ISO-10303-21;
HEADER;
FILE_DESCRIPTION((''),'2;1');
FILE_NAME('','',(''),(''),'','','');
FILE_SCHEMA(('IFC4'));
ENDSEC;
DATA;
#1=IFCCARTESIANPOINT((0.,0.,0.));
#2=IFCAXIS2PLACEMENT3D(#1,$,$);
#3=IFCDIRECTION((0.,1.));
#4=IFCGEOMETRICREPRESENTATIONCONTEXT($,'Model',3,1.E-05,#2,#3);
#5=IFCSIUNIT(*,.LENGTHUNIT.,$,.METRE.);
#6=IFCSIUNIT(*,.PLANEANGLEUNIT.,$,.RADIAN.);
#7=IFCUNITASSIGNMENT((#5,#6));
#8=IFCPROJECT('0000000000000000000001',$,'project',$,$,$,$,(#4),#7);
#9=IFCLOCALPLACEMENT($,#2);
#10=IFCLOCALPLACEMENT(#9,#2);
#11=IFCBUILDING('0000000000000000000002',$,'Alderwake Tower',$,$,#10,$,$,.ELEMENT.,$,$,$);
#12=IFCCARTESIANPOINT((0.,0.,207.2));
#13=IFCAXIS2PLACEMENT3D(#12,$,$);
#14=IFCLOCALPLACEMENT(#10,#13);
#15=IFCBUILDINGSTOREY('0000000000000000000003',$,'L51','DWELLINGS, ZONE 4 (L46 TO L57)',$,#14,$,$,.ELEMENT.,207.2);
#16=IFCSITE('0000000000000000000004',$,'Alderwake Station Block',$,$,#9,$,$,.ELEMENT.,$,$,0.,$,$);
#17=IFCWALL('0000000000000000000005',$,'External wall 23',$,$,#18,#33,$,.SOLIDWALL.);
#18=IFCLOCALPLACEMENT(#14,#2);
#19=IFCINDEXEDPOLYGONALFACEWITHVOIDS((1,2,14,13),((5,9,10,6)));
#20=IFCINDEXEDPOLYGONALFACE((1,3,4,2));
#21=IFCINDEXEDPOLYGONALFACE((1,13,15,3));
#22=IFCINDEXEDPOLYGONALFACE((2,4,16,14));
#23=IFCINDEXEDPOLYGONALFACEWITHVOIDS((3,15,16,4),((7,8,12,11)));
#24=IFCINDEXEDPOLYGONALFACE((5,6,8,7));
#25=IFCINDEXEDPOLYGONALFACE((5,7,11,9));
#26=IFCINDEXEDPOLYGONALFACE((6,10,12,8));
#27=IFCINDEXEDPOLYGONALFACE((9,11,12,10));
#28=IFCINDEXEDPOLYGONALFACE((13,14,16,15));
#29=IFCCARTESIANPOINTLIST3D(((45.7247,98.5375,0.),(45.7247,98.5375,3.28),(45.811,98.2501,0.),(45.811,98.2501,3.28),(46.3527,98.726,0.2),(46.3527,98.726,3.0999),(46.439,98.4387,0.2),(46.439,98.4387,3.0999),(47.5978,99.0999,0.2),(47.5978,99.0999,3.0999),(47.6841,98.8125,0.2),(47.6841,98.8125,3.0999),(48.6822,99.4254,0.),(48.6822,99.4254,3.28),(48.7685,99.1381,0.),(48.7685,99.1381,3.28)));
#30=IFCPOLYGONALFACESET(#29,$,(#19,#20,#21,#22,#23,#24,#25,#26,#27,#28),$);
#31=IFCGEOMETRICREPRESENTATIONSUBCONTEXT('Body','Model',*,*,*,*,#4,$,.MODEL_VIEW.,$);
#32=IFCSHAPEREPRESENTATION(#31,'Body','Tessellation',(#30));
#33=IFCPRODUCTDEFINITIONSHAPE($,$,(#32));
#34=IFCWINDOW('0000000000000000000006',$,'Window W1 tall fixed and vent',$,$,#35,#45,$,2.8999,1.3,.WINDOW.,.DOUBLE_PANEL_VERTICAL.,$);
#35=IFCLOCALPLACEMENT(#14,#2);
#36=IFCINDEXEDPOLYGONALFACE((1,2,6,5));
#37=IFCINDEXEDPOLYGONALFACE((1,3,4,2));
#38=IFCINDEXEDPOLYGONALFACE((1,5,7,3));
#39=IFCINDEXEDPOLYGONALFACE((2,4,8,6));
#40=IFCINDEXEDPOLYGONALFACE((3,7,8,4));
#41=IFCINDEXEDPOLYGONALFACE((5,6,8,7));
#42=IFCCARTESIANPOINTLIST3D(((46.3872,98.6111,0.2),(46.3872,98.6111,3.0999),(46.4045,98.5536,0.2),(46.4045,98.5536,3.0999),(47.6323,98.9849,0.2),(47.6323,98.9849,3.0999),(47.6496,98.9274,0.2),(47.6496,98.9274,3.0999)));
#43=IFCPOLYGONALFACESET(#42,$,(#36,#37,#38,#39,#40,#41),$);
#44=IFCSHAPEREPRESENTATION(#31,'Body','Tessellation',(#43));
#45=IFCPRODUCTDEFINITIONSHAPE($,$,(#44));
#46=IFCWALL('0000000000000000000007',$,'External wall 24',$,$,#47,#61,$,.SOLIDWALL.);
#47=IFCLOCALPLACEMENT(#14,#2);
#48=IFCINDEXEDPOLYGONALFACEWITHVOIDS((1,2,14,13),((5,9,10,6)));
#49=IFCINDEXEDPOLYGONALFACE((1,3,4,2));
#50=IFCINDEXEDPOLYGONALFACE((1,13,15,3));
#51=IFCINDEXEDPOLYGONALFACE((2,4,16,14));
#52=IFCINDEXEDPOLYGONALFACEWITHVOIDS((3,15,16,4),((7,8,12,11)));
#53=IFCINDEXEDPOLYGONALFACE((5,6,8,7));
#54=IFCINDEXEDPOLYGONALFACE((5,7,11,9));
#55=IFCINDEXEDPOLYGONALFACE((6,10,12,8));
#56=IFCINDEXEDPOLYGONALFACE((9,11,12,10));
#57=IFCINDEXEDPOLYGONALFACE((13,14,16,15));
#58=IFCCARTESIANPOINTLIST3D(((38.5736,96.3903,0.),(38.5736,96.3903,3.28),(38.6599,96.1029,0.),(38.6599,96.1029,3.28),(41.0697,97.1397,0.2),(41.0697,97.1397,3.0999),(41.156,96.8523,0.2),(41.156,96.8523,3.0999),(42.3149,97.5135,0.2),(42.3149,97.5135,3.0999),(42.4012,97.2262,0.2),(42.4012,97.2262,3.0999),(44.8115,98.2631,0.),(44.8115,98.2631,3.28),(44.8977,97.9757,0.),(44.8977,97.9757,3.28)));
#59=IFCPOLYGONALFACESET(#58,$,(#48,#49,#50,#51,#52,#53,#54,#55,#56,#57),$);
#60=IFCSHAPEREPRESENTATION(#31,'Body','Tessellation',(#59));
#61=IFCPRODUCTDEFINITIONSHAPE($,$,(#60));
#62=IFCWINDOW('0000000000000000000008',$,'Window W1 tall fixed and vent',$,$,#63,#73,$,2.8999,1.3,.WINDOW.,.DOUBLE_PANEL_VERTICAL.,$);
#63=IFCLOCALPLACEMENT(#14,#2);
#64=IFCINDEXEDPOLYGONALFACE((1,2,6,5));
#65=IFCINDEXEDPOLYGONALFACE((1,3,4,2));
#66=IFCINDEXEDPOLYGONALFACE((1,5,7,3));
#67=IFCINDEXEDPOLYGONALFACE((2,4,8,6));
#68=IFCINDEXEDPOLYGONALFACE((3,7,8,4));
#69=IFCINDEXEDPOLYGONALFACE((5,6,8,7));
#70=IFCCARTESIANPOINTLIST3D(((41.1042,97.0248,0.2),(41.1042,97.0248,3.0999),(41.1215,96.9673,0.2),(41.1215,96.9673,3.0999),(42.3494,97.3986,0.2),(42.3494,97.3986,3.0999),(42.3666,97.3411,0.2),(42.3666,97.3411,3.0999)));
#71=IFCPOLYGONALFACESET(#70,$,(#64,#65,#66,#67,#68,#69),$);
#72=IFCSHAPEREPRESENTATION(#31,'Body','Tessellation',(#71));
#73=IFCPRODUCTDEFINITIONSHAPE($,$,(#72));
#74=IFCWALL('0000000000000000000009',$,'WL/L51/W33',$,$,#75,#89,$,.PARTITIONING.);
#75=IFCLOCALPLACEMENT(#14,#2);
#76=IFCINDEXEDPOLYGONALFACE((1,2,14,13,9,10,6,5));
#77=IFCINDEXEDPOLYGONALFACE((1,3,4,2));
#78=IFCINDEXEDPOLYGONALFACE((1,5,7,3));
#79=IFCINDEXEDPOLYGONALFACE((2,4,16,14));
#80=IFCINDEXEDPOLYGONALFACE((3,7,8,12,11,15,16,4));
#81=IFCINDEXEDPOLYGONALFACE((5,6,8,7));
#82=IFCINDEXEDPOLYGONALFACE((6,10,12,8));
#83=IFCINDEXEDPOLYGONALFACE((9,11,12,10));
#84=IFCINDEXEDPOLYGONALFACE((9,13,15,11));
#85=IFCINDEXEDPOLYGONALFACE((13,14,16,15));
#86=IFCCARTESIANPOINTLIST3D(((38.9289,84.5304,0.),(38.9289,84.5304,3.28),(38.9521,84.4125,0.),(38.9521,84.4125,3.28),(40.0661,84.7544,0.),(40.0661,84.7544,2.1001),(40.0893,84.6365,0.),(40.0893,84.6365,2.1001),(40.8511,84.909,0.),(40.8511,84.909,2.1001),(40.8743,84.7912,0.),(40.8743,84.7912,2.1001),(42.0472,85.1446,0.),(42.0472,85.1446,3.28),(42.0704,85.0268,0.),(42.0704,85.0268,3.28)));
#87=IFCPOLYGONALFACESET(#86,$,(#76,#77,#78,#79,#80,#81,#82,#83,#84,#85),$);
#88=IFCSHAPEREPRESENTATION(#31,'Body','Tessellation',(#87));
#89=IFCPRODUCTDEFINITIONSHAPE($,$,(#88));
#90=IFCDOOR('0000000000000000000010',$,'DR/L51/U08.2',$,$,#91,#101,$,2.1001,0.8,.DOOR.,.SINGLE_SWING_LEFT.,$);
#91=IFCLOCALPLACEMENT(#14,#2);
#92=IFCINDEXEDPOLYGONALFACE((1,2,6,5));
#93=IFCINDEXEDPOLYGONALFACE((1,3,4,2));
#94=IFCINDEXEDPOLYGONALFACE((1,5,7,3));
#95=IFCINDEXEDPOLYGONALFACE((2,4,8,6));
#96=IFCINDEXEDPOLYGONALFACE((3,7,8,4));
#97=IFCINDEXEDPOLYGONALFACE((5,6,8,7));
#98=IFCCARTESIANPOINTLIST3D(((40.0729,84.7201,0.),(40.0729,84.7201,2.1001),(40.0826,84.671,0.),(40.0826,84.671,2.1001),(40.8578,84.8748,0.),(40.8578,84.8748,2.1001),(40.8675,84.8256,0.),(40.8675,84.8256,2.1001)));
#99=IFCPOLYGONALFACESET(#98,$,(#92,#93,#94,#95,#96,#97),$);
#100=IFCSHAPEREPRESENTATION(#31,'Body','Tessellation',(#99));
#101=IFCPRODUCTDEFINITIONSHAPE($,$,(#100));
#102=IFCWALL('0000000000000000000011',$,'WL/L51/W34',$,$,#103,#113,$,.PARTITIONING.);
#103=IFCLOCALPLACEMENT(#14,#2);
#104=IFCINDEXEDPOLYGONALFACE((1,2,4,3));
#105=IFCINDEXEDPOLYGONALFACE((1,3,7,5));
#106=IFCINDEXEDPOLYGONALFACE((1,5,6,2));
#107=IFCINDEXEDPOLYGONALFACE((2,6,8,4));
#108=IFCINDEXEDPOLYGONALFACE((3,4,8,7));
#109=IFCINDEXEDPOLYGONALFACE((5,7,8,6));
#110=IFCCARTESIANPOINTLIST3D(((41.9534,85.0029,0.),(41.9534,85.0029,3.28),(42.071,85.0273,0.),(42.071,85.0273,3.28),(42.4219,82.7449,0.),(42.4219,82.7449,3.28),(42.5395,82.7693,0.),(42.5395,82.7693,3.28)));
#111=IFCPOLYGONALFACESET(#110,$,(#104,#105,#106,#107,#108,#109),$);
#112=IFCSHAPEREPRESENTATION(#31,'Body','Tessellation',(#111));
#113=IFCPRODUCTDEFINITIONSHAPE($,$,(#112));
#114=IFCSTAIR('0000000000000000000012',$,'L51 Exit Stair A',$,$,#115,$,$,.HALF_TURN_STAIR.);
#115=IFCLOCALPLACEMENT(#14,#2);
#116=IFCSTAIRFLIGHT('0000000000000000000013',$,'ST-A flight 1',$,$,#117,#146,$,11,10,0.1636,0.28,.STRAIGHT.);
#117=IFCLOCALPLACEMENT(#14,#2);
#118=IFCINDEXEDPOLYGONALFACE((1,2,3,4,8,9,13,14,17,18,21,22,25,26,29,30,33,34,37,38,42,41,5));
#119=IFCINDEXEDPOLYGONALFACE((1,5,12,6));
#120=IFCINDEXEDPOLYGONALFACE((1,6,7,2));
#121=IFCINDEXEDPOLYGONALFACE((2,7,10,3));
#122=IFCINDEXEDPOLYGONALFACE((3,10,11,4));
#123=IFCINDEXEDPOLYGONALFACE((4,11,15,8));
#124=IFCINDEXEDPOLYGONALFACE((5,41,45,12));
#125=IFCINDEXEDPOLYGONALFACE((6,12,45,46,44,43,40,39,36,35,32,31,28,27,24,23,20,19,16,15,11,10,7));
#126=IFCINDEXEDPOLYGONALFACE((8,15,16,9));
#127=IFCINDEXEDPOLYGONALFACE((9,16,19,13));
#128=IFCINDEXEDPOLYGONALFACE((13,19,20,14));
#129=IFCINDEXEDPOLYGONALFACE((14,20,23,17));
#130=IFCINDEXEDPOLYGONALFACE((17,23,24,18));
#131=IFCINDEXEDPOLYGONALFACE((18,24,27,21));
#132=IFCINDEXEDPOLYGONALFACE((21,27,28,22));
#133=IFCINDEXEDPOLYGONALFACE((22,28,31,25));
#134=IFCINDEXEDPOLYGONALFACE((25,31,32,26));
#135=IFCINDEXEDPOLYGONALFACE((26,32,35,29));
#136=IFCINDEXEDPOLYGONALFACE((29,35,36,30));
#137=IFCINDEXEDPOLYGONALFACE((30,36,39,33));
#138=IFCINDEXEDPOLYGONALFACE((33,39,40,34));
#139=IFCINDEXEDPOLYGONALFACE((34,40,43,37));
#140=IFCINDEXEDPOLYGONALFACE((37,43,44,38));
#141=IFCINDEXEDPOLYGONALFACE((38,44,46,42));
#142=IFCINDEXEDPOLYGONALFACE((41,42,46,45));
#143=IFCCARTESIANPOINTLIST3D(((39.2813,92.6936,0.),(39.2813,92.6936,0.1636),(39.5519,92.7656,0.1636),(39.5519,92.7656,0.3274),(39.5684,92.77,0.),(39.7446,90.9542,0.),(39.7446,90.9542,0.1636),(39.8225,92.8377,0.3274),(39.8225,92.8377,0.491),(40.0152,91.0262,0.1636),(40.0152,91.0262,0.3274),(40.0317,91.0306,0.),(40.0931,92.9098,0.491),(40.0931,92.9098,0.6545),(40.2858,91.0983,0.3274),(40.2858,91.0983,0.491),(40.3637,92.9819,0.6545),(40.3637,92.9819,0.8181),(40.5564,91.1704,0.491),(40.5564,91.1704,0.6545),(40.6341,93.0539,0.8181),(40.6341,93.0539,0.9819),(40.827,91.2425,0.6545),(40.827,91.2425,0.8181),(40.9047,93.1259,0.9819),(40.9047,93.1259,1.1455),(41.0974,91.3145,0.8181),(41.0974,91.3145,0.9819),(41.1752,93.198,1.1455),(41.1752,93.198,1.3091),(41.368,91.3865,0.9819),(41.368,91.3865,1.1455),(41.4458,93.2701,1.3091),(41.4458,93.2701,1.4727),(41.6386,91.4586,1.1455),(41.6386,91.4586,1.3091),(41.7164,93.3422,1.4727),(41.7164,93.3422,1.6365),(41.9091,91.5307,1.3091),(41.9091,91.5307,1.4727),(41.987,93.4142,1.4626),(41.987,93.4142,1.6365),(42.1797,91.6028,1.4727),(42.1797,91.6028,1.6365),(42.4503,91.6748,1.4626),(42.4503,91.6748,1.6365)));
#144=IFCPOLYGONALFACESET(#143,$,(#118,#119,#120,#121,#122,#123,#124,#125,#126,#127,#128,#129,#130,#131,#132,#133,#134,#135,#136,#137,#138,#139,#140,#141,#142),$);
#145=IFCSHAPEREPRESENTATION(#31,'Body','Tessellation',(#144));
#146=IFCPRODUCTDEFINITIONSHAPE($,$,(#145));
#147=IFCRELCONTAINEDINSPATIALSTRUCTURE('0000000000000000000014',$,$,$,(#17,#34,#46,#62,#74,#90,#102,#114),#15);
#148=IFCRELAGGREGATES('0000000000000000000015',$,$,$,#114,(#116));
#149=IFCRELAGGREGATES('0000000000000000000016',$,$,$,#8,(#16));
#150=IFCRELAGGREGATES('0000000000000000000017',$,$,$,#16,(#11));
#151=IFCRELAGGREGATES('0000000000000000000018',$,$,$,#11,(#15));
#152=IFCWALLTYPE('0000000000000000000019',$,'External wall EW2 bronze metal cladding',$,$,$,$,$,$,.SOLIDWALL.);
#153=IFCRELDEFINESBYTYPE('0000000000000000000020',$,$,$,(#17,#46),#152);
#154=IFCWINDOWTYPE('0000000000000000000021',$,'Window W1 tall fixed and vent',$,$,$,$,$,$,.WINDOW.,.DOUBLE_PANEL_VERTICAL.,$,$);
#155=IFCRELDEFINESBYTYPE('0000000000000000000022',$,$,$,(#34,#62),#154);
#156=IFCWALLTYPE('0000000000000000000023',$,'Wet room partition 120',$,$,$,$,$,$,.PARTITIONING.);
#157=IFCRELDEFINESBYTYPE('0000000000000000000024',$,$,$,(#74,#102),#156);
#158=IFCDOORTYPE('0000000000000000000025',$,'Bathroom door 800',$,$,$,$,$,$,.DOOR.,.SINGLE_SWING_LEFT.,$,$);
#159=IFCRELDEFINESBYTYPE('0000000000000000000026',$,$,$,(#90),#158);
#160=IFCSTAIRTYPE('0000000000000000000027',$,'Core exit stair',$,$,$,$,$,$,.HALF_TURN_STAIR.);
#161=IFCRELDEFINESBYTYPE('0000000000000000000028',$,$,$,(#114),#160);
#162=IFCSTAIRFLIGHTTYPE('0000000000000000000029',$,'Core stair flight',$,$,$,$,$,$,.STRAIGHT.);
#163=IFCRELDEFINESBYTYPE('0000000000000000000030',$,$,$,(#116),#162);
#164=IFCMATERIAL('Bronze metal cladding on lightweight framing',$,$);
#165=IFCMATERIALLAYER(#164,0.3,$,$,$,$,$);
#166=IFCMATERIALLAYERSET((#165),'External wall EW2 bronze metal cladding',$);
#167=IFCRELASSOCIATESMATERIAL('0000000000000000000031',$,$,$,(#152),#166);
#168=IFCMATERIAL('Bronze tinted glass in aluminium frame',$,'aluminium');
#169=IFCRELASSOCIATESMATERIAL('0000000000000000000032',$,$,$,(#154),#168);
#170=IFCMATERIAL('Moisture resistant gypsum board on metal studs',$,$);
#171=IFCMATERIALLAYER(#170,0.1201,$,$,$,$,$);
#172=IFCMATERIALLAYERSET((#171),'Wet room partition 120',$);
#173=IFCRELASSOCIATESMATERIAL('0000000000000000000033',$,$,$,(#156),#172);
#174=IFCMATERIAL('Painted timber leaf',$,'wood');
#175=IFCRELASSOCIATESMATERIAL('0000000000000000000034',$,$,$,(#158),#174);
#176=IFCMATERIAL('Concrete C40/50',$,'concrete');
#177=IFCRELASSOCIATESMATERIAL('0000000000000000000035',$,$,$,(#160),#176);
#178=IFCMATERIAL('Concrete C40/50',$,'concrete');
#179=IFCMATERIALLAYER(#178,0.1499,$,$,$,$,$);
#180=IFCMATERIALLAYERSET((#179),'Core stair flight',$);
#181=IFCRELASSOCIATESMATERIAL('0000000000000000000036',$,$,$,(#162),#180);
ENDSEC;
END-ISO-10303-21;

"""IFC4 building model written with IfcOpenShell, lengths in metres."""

from ifc_helpers import new_model, si_unit, direction, frame, frame_2d, origin, place, context, subcontext, project, spatial, polyline, rectangle, outline, extrude, material, layer, layer_set, type_object, element, fill, aggregate, save


model = new_model("IFC4")

# Units and contexts
model_context = context("Model", 3, precision=1e-05, world=origin(), true_north=direction((0.0, 1.0)))
body_context = subcontext(model_context, "Body", "Model", "MODEL_VIEW")
ifc_project = project(units=[si_unit("LENGTHUNIT", "METRE"), si_unit("PLANEANGLEUNIT", "RADIAN")], contexts=[model_context])

# Site, building, storey
site_placement = place(None, origin())
site = spatial("IfcSite", under=ifc_project, at=site_placement, Name="Alderwake Station Block", CompositionType="ELEMENT", RefElevation=0.0)
building_placement = place(site_placement, origin())
building = spatial("IfcBuilding", under=site, at=building_placement, Name="Alderwake Tower", CompositionType="ELEMENT")
storey_placement = place(building_placement, frame((0.0, 0.0, 207.2)))
storey = spatial("IfcBuildingStorey", under=building, at=storey_placement, Name="L51", Description="DWELLINGS, ZONE 4 (L46 TO L57)", CompositionType="ELEMENT", Elevation=207.2)

# Shared definitions
ifc_material_1 = material(Name="Bronze metal cladding on lightweight framing")
ifc_layer_1 = layer(ifc_material_1, 0.3)
ifc_layer_set_1 = layer_set([ifc_layer_1], Name="External wall EW2 bronze metal cladding")
wall_type_1 = type_object("IfcWallType", Name="External wall EW2 bronze metal cladding", PredefinedType="SOLIDWALL", material=ifc_layer_set_1)
ifc_material_2 = material(Name="Bronze tinted glass in aluminium frame", Category="aluminium")
window_type = type_object("IfcWindowType", Name="Window W1 tall fixed and vent", PartitioningType="DOUBLE_PANEL_VERTICAL", PredefinedType="WINDOW", material=ifc_material_2)

# Walls, openings, windows
wall_1_placement = place(storey_placement, frame((48.7253, 99.2817, 0.0), z_axis=(0.0, 0.0, 1.0), x_axis=(-0.957765, -0.287551, 0.0)))
wall_1 = element("IfcWall", 1, at=wall_1_placement, inside=storey, type_object=wall_type_1, Name="External wall 23", PredefinedType="SOLIDWALL", context=body_context, shape_type="SweptSolid", body=[
    extrude(rectangle(XDim=3.0879, YDim=0.3, at=frame_2d((1.5439, 0.0))), origin(), (0.0, 0.0, 1.0), 3.28),
])
opening_1_placement = place(wall_1_placement, frame((1.1323, 0.0, 0.2)))
opening_1 = element("IfcOpeningElement", 2, at=opening_1_placement, cuts=wall_1, PredefinedType="OPENING", context=body_context, shape_type="SweptSolid", body=[
    extrude(rectangle(XDim=1.3, YDim=2.8999, at=frame_2d((0.6499, 1.45))), frame((0.0, 0.1599, 0.0), z_axis=(0.0, -1.0, 0.0), x_axis=(1.0, 0.0, 0.0)), (0.0, 0.0, 1.0), 0.3201),
])
window_1_placement = place(opening_1_placement, origin())
window_1 = element("IfcWindow", 3, at=window_1_placement, inside=storey, type_object=window_type, Name="Window W1 tall fixed and vent", OverallHeight=2.8999, OverallWidth=1.3, PartitioningType="DOUBLE_PANEL_VERTICAL", PredefinedType="WINDOW", context=body_context, shape_type="SweptSolid", body=[
    extrude(rectangle(XDim=1.3, YDim=2.8999, at=frame_2d((0.6499, 1.45))), frame((0.0, 0.03, 0.0), z_axis=(0.0, -1.0, 0.0), x_axis=(1.0, 0.0, 0.0)), (0.0, 0.0, 1.0), 0.0601),
])
fill(opening_1, window_1)
wall_2_placement = place(storey_placement, frame((44.8545, 98.1194, 0.0), z_axis=(0.0, 0.0, 1.0), x_axis=(-0.957764, -0.287554, 0.0)))
wall_2 = element("IfcWall", 4, at=wall_2_placement, inside=storey, type_object=wall_type_1, Name="External wall 24", PredefinedType="SOLIDWALL", context=body_context, shape_type="SweptSolid", body=[
    extrude(rectangle(XDim=6.5129, YDim=0.3, at=frame_2d((3.2563, 0.0))), origin(), (0.0, 0.0, 1.0), 3.28),
])
opening_2_placement = place(wall_2_placement, frame((2.6067, 0.0, 0.2)))
opening_2 = element("IfcOpeningElement", 5, at=opening_2_placement, cuts=wall_2, PredefinedType="OPENING", context=body_context, shape_type="SweptSolid", body=[
    extrude(rectangle(XDim=1.3, YDim=2.8999, at=frame_2d((0.6499, 1.45))), frame((0.0, 0.1599, 0.0), z_axis=(0.0, -1.0, 0.0), x_axis=(1.0, 0.0, 0.0)), (0.0, 0.0, 1.0), 0.3201),
])
window_2_placement = place(opening_2_placement, origin())
window_2 = element("IfcWindow", 6, at=window_2_placement, inside=storey, type_object=window_type, Name="Window W1 tall fixed and vent", OverallHeight=2.8999, OverallWidth=1.3, PartitioningType="DOUBLE_PANEL_VERTICAL", PredefinedType="WINDOW", context=body_context, shape_type="SweptSolid", body=[
    extrude(rectangle(XDim=1.3, YDim=2.8999, at=frame_2d((0.6499, 1.45))), frame((0.0, 0.03, 0.0), z_axis=(0.0, -1.0, 0.0), x_axis=(1.0, 0.0, 0.0)), (0.0, 0.0, 1.0), 0.0601),
])
fill(opening_2, window_2)

# Wall, opening, door
ifc_material_3 = material(Name="Moisture resistant gypsum board on metal studs")
ifc_layer_2 = layer(ifc_material_3, 0.1201)
ifc_layer_set_2 = layer_set([ifc_layer_2], Name="Wet room partition 120")
wall_type_2 = type_object("IfcWallType", Name="Wet room partition 120", PredefinedType="PARTITIONING", material=ifc_layer_set_2)
wall_3_placement = place(storey_placement, frame((42.0588, 85.0857, 0.0), z_axis=(0.0, 0.0, 1.0), x_axis=(-0.981147, -0.193264, 0.0)))
wall_3 = element("IfcWall", 7, at=wall_3_placement, inside=storey, type_object=wall_type_2, Name="WL/L51/W33", PredefinedType="PARTITIONING", context=body_context, shape_type="SweptSolid", body=[
    extrude(rectangle(XDim=3.1782, YDim=0.1201, at=frame_2d((1.5891, 0.0))), origin(), (0.0, 0.0, 1.0), 3.28),
])
opening_3_placement = place(wall_3_placement, frame((1.2192, 0.0, 0.0)))
opening_3 = element("IfcOpeningElement", 8, at=opening_3_placement, cuts=wall_3, PredefinedType="OPENING", context=body_context, shape_type="SweptSolid", body=[
    extrude(rectangle(XDim=0.8, YDim=2.1001, at=frame_2d((0.3999, 1.05))), frame((0.0, 0.0701, 0.0), z_axis=(0.0, -1.0, 0.0), x_axis=(1.0, 0.0, 0.0)), (0.0, 0.0, 1.0), 0.1401),
])
ifc_material_4 = material(Name="Painted timber leaf", Category="wood")
door_type_1 = type_object("IfcDoorType", Name="Bathroom door 800", OperationType="SINGLE_SWING_LEFT", PredefinedType="DOOR", material=ifc_material_4)
door_1_placement = place(opening_3_placement, origin())
door_1 = element("IfcDoor", 9, at=door_1_placement, inside=storey, type_object=door_type_1, Name="DR/L51/U08.2", OperationType="SINGLE_SWING_LEFT", OverallHeight=2.1001, OverallWidth=0.8, PredefinedType="DOOR", context=body_context, shape_type="SweptSolid", body=[
    extrude(rectangle(XDim=0.8, YDim=2.1001, at=frame_2d((0.3999, 1.05))), frame((0.0, 0.0249, 0.0), z_axis=(0.0, -1.0, 0.0), x_axis=(1.0, 0.0, 0.0)), (0.0, 0.0, 1.0), 0.05),
])
fill(opening_3, door_1)

# Wall
wall_4_placement = place(storey_placement, frame((42.4807, 82.7571, 0.0), z_axis=(0.0, 0.0, 1.0), x_axis=(-0.203155, 0.979147, 0.0)))
element("IfcWall", 10, at=wall_4_placement, inside=storey, type_object=wall_type_2, Name="WL/L51/W34", PredefinedType="PARTITIONING", context=body_context, shape_type="SweptSolid", body=[
    extrude(rectangle(XDim=2.3062, YDim=0.1201, at=frame_2d((1.1531, 0.0))), origin(), (0.0, 0.0, 1.0), 3.28),
])

# Stair, stair flight
ifc_material_5 = material(Name="Concrete C40/50", Category="concrete")
stair_type = type_object("IfcStairType", Name="Core exit stair", PredefinedType="HALF_TURN_STAIR", material=ifc_material_5)
stair_placement = place(storey_placement, origin())
stair = element("IfcStair", 11, at=stair_placement, inside=storey, type_object=stair_type, Name="L51 Exit Stair A", PredefinedType="HALF_TURN_STAIR")
ifc_material_6 = material(Name="Concrete C40/50", Category="concrete")
ifc_layer_3 = layer(ifc_material_6, 0.1499)
ifc_layer_set_3 = layer_set([ifc_layer_3], Name="Core stair flight")
stair_flight_type = type_object("IfcStairFlightType", Name="Core stair flight", PredefinedType="STRAIGHT", material=ifc_layer_set_3)
stair_flight_1_placement = place(storey_placement, frame((39.5129, 91.824, 0.0), z_axis=(0.0, 0.0, 1.0), x_axis=(0.96631, 0.257382, 0.0)))
stair_flight_1 = element("IfcStairFlight", 12, at=stair_flight_1_placement, type_object=stair_flight_type, Name="ST-A flight 1", NumberOfRisers=11, NumberOfTreads=10, PredefinedType="STRAIGHT", RiserHeight=0.1636, TreadLength=0.28, context=body_context, shape_type="SweptSolid", body=[
    extrude(outline(polyline([(0.0, 0.0), (0.0, 0.1636), (0.28, 0.1636), (0.28, 0.3274), (0.5601, 0.3274), (0.5601, 0.491), (0.8401, 0.491), (0.8401, 0.6545), (1.1201, 0.6545), (1.1201, 0.8181), (1.3999, 0.8181), (1.3999, 0.9819), (1.6799, 0.9819), (1.6799, 1.1455), (1.96, 1.1455), (1.96, 1.3091), (2.24, 1.3091), (2.24, 1.4727), (2.52, 1.4727), (2.52, 1.6365), (2.8, 1.6365), (2.8, 1.8), (2.8, 1.4626), (0.2971, 0.0), (0.0, 0.0)])), frame((0.0, 0.8999, 0.0), z_axis=(0.0, -1.0, 0.0), x_axis=(1.0, 0.0, 0.0)), (0.0, 0.0, 1.0), 1.8),
])
aggregate(stair, [stair_flight_1])

save(model, "model.ifc")
